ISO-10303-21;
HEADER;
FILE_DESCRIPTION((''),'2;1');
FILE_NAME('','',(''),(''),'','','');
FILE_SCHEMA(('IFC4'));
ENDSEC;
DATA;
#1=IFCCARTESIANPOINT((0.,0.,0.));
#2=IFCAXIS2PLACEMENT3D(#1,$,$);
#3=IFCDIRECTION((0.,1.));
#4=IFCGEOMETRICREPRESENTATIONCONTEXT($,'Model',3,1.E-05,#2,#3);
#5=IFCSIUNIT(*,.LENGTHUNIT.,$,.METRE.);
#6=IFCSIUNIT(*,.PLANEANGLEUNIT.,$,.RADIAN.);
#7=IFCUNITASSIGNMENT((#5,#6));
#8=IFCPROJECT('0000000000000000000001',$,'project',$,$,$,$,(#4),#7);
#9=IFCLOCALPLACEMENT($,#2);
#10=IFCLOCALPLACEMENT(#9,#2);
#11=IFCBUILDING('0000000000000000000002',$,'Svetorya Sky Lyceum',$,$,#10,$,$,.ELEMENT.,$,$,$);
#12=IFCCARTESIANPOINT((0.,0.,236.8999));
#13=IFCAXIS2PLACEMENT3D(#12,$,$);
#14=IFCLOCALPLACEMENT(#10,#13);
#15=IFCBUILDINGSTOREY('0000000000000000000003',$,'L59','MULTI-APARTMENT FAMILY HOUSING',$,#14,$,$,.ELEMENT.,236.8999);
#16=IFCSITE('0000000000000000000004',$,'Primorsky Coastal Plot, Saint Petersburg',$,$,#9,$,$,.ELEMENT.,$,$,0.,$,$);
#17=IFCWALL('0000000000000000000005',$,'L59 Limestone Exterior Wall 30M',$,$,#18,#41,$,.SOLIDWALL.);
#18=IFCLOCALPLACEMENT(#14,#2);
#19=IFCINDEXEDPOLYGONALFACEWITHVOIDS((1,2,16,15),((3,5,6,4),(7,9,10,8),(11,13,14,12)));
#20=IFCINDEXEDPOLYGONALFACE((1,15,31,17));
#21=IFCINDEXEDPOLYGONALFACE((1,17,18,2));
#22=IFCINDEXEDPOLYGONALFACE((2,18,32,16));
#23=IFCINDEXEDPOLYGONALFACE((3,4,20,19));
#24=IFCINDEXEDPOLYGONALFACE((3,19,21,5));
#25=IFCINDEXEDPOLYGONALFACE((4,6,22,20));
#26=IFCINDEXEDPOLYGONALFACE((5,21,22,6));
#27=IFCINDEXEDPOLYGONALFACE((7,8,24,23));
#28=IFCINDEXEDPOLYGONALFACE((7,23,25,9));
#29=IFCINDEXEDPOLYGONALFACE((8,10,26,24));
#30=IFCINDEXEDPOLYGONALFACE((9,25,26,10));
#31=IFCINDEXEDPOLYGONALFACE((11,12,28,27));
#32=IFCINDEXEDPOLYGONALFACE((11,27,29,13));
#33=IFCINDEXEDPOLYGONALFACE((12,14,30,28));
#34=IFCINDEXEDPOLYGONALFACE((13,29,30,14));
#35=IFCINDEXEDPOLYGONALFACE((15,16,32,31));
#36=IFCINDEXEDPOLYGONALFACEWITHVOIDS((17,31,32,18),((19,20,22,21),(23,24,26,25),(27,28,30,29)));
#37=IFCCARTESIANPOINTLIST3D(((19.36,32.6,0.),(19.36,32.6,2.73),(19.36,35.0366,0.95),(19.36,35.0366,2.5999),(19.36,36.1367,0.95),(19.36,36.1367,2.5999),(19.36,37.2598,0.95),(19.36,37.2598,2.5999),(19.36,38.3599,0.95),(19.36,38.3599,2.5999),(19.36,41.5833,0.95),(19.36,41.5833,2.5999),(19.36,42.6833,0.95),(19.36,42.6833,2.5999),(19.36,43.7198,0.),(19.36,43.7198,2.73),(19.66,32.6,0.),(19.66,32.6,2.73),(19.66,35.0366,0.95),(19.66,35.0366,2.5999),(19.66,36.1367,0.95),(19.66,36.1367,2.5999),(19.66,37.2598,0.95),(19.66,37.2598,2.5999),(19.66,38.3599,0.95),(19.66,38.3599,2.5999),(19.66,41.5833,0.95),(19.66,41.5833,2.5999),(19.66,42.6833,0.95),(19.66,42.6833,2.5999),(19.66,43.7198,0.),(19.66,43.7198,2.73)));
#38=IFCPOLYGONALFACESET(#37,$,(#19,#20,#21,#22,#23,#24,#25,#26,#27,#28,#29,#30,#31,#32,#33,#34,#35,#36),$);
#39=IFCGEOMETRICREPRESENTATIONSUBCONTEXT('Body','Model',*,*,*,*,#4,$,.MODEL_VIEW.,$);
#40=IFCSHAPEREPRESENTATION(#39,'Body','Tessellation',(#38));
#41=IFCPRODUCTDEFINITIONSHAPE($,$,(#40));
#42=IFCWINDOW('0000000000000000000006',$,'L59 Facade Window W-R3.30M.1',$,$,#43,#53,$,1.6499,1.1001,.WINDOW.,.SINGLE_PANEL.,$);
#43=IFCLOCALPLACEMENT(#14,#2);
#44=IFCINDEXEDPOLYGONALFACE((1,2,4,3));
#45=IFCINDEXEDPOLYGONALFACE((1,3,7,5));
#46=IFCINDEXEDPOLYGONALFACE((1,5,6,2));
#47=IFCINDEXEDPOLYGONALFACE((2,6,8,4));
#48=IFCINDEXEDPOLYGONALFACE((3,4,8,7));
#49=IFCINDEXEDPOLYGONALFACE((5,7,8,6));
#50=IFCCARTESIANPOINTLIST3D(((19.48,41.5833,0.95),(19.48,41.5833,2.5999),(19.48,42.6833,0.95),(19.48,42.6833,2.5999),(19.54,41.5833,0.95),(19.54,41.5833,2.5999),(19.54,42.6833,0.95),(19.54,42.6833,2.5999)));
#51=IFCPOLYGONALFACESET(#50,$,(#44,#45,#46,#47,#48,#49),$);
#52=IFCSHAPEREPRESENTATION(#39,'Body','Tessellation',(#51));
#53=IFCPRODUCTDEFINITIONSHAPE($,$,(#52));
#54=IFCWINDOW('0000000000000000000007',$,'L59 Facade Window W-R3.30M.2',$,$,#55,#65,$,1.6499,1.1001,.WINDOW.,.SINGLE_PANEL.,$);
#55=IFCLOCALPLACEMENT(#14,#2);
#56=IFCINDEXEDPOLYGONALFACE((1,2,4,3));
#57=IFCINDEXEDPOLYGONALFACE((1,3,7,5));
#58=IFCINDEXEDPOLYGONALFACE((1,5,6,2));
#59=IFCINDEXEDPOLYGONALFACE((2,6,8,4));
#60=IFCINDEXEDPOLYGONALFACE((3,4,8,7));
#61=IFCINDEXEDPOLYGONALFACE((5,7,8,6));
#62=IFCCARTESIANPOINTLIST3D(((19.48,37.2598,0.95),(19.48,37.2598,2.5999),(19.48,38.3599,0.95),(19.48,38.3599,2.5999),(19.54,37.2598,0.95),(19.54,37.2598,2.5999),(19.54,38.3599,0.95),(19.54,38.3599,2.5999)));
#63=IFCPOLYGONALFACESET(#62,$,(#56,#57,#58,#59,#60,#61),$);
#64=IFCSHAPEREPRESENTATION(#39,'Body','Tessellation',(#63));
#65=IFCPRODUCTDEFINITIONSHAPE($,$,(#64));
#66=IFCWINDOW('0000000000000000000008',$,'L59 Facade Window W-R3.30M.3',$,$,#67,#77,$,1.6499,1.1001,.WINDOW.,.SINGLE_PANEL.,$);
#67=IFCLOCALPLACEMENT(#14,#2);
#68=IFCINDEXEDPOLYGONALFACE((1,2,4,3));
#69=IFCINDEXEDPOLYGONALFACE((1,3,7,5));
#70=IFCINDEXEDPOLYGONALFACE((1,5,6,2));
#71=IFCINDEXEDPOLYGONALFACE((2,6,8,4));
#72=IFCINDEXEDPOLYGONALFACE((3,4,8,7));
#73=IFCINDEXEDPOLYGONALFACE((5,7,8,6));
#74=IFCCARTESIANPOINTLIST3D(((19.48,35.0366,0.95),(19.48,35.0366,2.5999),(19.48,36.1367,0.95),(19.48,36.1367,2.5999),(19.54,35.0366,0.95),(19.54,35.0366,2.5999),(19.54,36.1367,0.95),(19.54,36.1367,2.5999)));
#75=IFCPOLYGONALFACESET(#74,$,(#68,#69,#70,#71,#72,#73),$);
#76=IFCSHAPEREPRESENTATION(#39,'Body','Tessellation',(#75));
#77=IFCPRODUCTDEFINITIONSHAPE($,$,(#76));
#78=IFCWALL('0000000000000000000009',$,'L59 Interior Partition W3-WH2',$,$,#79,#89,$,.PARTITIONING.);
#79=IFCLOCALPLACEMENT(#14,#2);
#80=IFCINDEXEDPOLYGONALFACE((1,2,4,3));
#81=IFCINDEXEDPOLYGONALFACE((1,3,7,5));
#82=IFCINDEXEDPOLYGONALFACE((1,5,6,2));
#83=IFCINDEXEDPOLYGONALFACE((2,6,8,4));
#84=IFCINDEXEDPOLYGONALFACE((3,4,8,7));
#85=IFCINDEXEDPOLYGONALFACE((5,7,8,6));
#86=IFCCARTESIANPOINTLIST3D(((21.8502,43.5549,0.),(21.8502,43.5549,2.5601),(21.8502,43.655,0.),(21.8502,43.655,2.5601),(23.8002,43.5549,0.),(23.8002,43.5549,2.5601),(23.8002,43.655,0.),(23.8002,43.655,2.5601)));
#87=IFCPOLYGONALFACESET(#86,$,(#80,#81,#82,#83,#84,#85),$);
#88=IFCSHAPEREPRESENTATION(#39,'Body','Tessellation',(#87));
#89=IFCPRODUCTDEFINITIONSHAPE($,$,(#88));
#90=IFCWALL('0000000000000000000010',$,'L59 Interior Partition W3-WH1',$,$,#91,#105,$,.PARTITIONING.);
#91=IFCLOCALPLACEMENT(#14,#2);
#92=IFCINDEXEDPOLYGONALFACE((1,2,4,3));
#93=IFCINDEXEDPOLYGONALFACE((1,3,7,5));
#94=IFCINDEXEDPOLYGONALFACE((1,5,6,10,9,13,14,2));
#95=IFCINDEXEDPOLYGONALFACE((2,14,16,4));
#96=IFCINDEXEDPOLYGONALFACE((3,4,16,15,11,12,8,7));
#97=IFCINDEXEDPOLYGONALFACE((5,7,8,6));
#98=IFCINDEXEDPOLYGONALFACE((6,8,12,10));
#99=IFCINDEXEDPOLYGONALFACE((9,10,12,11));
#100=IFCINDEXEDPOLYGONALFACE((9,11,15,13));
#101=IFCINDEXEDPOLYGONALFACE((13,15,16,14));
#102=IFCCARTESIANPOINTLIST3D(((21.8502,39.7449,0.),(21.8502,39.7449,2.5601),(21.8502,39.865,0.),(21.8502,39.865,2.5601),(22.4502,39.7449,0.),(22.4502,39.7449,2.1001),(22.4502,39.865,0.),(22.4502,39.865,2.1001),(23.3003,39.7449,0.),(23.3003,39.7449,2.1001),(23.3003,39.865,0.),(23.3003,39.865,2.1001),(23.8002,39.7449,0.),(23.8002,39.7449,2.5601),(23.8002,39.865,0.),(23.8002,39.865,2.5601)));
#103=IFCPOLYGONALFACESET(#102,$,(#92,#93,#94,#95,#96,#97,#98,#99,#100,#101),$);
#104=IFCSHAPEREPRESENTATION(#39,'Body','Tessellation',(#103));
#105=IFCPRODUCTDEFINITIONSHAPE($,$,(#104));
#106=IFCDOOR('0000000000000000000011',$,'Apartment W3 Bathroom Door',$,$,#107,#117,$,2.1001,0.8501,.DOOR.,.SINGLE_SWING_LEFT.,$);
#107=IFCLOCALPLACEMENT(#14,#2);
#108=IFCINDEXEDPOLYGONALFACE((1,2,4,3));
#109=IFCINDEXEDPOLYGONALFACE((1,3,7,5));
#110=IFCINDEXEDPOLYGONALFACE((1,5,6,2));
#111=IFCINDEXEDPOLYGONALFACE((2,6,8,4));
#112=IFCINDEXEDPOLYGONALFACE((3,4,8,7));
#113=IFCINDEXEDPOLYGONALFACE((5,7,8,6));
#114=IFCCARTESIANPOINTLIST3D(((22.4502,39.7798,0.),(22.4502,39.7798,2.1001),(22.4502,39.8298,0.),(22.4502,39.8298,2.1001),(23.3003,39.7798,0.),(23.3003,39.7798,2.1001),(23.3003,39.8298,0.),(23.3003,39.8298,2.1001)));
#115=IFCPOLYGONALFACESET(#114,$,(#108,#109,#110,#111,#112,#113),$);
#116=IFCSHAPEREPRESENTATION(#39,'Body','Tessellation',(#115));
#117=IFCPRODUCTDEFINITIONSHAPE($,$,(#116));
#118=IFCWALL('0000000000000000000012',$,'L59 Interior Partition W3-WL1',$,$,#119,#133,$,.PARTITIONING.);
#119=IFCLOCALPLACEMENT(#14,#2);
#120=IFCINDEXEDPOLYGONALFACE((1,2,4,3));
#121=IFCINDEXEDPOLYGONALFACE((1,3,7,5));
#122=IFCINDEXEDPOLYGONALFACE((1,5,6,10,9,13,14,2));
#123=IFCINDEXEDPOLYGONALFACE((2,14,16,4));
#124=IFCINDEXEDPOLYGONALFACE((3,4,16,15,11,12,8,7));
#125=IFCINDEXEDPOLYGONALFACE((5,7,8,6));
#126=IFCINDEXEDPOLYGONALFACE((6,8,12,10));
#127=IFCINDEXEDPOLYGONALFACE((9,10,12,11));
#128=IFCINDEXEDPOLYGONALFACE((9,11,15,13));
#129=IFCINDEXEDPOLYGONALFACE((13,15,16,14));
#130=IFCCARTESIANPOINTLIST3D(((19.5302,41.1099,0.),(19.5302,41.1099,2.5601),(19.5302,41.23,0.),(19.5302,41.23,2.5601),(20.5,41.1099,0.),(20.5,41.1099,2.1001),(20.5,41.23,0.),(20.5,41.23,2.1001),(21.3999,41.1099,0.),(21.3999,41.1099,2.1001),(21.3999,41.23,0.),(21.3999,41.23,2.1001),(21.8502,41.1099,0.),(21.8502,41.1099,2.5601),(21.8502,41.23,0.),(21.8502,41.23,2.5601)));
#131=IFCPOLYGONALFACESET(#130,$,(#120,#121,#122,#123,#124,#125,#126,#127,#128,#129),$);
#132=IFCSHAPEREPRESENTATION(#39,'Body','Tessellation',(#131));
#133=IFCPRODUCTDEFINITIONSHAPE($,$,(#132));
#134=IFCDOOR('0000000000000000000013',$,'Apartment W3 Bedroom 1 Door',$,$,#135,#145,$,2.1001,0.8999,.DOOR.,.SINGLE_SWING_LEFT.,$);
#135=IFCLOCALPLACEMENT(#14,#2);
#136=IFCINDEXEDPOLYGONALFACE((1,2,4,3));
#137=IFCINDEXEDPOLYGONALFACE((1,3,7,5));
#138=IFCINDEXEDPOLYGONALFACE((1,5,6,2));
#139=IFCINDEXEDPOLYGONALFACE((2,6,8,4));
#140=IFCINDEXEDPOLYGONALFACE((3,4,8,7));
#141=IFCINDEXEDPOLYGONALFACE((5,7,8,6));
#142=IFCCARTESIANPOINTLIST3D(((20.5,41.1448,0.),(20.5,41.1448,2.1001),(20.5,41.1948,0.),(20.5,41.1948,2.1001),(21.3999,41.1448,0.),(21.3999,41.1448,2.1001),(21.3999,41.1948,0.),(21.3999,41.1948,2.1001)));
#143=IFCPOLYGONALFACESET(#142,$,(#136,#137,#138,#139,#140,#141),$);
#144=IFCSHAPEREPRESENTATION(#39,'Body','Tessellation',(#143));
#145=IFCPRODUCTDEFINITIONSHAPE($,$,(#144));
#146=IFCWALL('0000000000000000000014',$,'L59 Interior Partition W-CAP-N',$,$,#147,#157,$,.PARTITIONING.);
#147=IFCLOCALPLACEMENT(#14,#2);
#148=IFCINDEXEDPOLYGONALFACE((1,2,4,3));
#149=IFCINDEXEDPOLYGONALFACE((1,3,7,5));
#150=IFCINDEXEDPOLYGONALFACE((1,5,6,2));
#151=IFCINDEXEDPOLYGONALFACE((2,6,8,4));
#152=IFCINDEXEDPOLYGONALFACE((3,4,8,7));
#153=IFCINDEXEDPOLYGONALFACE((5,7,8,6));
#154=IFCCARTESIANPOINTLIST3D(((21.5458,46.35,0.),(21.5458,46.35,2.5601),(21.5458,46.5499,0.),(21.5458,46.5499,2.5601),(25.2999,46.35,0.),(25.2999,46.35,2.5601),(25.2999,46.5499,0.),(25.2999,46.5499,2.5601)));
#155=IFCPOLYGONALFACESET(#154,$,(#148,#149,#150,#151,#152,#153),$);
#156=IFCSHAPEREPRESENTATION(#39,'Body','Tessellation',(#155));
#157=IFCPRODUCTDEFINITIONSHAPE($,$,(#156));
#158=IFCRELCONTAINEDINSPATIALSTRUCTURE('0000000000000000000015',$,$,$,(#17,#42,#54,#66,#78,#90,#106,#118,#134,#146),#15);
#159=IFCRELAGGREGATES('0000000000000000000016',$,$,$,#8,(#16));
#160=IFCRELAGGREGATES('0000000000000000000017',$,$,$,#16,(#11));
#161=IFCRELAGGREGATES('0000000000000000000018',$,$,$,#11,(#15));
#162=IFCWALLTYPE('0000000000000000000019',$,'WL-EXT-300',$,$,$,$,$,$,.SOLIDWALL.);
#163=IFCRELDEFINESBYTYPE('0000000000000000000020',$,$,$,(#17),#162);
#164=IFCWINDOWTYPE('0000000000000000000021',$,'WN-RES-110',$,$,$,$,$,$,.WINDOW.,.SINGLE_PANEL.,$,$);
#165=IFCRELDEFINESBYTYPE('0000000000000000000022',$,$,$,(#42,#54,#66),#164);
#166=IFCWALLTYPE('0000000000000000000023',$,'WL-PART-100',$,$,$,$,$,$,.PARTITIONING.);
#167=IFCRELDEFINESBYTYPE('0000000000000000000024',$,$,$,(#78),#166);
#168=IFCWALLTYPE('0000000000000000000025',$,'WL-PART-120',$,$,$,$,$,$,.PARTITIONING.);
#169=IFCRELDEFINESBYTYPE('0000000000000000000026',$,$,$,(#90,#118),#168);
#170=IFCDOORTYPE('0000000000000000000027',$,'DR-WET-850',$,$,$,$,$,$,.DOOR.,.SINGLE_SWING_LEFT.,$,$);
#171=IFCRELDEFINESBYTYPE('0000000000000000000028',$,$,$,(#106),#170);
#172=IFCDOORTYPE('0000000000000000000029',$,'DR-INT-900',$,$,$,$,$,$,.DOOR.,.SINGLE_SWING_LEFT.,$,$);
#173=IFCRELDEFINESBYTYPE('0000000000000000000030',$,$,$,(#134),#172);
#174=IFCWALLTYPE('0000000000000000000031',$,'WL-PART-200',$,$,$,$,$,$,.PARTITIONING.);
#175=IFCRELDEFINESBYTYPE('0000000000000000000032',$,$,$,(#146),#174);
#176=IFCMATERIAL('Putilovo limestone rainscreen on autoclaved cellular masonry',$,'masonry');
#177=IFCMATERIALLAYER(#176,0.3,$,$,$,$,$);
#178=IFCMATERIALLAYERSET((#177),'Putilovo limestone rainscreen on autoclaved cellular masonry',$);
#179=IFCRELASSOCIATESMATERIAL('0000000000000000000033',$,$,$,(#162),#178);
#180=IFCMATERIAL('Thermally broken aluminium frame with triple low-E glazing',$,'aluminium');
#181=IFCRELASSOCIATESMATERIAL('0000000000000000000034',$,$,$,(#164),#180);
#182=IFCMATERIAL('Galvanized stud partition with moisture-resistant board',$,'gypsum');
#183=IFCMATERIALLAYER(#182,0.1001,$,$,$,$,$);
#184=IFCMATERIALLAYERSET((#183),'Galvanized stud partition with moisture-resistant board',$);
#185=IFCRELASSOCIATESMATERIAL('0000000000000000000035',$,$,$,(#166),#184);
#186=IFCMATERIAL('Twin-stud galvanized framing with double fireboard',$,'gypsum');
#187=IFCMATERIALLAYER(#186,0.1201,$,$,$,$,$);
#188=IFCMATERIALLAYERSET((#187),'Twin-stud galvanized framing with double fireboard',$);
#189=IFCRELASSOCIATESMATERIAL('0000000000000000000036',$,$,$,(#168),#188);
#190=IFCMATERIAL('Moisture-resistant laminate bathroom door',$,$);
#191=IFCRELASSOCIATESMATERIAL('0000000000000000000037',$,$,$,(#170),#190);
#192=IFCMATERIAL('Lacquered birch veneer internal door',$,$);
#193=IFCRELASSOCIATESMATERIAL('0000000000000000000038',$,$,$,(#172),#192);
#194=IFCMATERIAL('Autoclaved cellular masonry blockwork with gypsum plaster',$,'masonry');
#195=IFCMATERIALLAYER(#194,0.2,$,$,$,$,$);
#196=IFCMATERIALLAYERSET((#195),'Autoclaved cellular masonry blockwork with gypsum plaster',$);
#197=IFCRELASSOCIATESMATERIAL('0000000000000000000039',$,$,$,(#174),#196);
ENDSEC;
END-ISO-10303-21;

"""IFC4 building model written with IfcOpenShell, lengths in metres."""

from ifc_helpers import new_model, si_unit, direction, frame, frame_2d, origin, place, context, subcontext, project, spatial, rectangle, extrude, material, layer, layer_set, type_object, element, fill, save


model = new_model("IFC4")

# Units and contexts
model_context = context("Model", 3, precision=1e-05, world=origin(), true_north=direction((0.0, 1.0)))
body_context = subcontext(model_context, "Body", "Model", "MODEL_VIEW")
ifc_project = project(units=[si_unit("LENGTHUNIT", "METRE"), si_unit("PLANEANGLEUNIT", "RADIAN")], contexts=[model_context])

# Site, building, storey
site_placement = place(None, origin())
site = spatial("IfcSite", under=ifc_project, at=site_placement, Name="Primorsky Coastal Plot, Saint Petersburg", CompositionType="ELEMENT", RefElevation=0.0)
building_placement = place(site_placement, origin())
building = spatial("IfcBuilding", under=site, at=building_placement, Name="Svetorya Sky Lyceum", CompositionType="ELEMENT")
storey_placement = place(building_placement, frame((0.0, 0.0, 236.8999)))
storey = spatial("IfcBuildingStorey", under=building, at=storey_placement, Name="L59", Description="MULTI-APARTMENT FAMILY HOUSING", CompositionType="ELEMENT", Elevation=236.8999)

# Shared definitions
ifc_material_1 = material(Name="Putilovo limestone rainscreen on autoclaved cellular masonry", Category="masonry")
ifc_layer_1 = layer(ifc_material_1, 0.3)
ifc_layer_set_1 = layer_set([ifc_layer_1], Name="Putilovo limestone rainscreen on autoclaved cellular masonry")
wall_type_1 = type_object("IfcWallType", Name="WL-EXT-300", PredefinedType="SOLIDWALL", material=ifc_layer_set_1)

# Wall, openings, windows
wall_1_placement = place(storey_placement, frame((19.51, 43.72, 0.0), z_axis=(0.0, 0.0, 1.0), x_axis=(0.0, -1.0, 0.0)))
wall_1 = element("IfcWall", 1, at=wall_1_placement, inside=storey, type_object=wall_type_1, Name="L59 Limestone Exterior Wall 30M", PredefinedType="SOLIDWALL", context=body_context, shape_type="SweptSolid", body=[
    extrude(rectangle(XDim=11.1199, YDim=0.3, at=frame_2d((5.5601, 0.0))), origin(), (0.0, 0.0, 1.0), 2.73),
])
opening_1_placement = place(wall_1_placement, frame((1.0366, 0.0, 0.95)))
opening_1 = element("IfcOpeningElement", 2, at=opening_1_placement, cuts=wall_1, PredefinedType="OPENING", context=body_context, shape_type="SweptSolid", body=[
    extrude(rectangle(XDim=1.1001, YDim=1.6499, at=frame_2d((0.55, 0.825))), frame((0.0, 0.1599, 0.0), z_axis=(0.0, -1.0, 0.0), x_axis=(1.0, 0.0, 0.0)), (0.0, 0.0, 1.0), 0.3201),
])
opening_2_placement = place(wall_1_placement, frame((5.3601, 0.0, 0.95)))
opening_2 = element("IfcOpeningElement", 3, at=opening_2_placement, cuts=wall_1, PredefinedType="OPENING", context=body_context, shape_type="SweptSolid", body=[
    extrude(rectangle(XDim=1.1001, YDim=1.6499, at=frame_2d((0.55, 0.825))), frame((0.0, 0.1599, 0.0), z_axis=(0.0, -1.0, 0.0), x_axis=(1.0, 0.0, 0.0)), (0.0, 0.0, 1.0), 0.3201),
])
opening_3_placement = place(wall_1_placement, frame((7.5833, 0.0, 0.95)))
opening_3 = element("IfcOpeningElement", 4, at=opening_3_placement, cuts=wall_1, PredefinedType="OPENING", context=body_context, shape_type="SweptSolid", body=[
    extrude(rectangle(XDim=1.1001, YDim=1.6499, at=frame_2d((0.55, 0.825))), frame((0.0, 0.1599, 0.0), z_axis=(0.0, -1.0, 0.0), x_axis=(1.0, 0.0, 0.0)), (0.0, 0.0, 1.0), 0.3201),
])
ifc_material_2 = material(Name="Thermally broken aluminium frame with triple low-E glazing", Category="aluminium")
window_type = type_object("IfcWindowType", Name="WN-RES-110", PartitioningType="SINGLE_PANEL", PredefinedType="WINDOW", material=ifc_material_2)
window_1_placement = place(opening_1_placement, origin())
window_1 = element("IfcWindow", 5, at=window_1_placement, inside=storey, type_object=window_type, Name="L59 Facade Window W-R3.30M.1", OverallHeight=1.6499, OverallWidth=1.1001, PartitioningType="SINGLE_PANEL", PredefinedType="WINDOW", context=body_context, shape_type="SweptSolid", body=[
    extrude(rectangle(XDim=1.1001, YDim=1.6499, at=frame_2d((0.55, 0.825))), frame((0.0, 0.03, 0.0), z_axis=(0.0, -1.0, 0.0), x_axis=(1.0, 0.0, 0.0)), (0.0, 0.0, 1.0), 0.0601),
])
fill(opening_1, window_1)
window_2_placement = place(opening_2_placement, origin())
window_2 = element("IfcWindow", 6, at=window_2_placement, inside=storey, type_object=window_type, Name="L59 Facade Window W-R3.30M.2", OverallHeight=1.6499, OverallWidth=1.1001, PartitioningType="SINGLE_PANEL", PredefinedType="WINDOW", context=body_context, shape_type="SweptSolid", body=[
    extrude(rectangle(XDim=1.1001, YDim=1.6499, at=frame_2d((0.55, 0.825))), frame((0.0, 0.03, 0.0), z_axis=(0.0, -1.0, 0.0), x_axis=(1.0, 0.0, 0.0)), (0.0, 0.0, 1.0), 0.0601),
])
fill(opening_2, window_2)
window_3_placement = place(opening_3_placement, origin())
window_3 = element("IfcWindow", 7, at=window_3_placement, inside=storey, type_object=window_type, Name="L59 Facade Window W-R3.30M.3", OverallHeight=1.6499, OverallWidth=1.1001, PartitioningType="SINGLE_PANEL", PredefinedType="WINDOW", context=body_context, shape_type="SweptSolid", body=[
    extrude(rectangle(XDim=1.1001, YDim=1.6499, at=frame_2d((0.55, 0.825))), frame((0.0, 0.03, 0.0), z_axis=(0.0, -1.0, 0.0), x_axis=(1.0, 0.0, 0.0)), (0.0, 0.0, 1.0), 0.0601),
])
fill(opening_3, window_3)

# Wall
ifc_material_3 = material(Name="Galvanized stud partition with moisture-resistant board", Category="gypsum")
ifc_layer_2 = layer(ifc_material_3, 0.1001)
ifc_layer_set_2 = layer_set([ifc_layer_2], Name="Galvanized stud partition with moisture-resistant board")
wall_type_2 = type_object("IfcWallType", Name="WL-PART-100", PredefinedType="PARTITIONING", material=ifc_layer_set_2)
wall_2_placement = place(storey_placement, frame((21.8501, 43.605, 0.0), z_axis=(0.0, 0.0, 1.0), x_axis=(1.0, 0.0, 0.0)))
element("IfcWall", 8, at=wall_2_placement, inside=storey, type_object=wall_type_2, Name="L59 Interior Partition W3-WH2", PredefinedType="PARTITIONING", context=body_context, shape_type="SweptSolid", body=[
    extrude(rectangle(XDim=1.95, YDim=0.1001, at=frame_2d((0.9751, 0.0))), origin(), (0.0, 0.0, 1.0), 2.5601),
])

# Walls, openings, doors
ifc_material_4 = material(Name="Twin-stud galvanized framing with double fireboard", Category="gypsum")
ifc_layer_3 = layer(ifc_material_4, 0.1201)
ifc_layer_set_3 = layer_set([ifc_layer_3], Name="Twin-stud galvanized framing with double fireboard")
wall_type_3 = type_object("IfcWallType", Name="WL-PART-120", PredefinedType="PARTITIONING", material=ifc_layer_set_3)
wall_3_placement = place(storey_placement, frame((21.8501, 39.8049, 0.0), z_axis=(0.0, 0.0, 1.0), x_axis=(1.0, 0.0, 0.0)))
wall_3 = element("IfcWall", 9, at=wall_3_placement, inside=storey, type_object=wall_type_3, Name="L59 Interior Partition W3-WH1", PredefinedType="PARTITIONING", context=body_context, shape_type="SweptSolid", body=[
    extrude(rectangle(XDim=1.95, YDim=0.1201, at=frame_2d((0.9751, 0.0))), origin(), (0.0, 0.0, 1.0), 2.5601),
])
opening_4_placement = place(wall_3_placement, frame((0.6001, 0.0, 0.0)))
opening_4 = element("IfcOpeningElement", 10, at=opening_4_placement, cuts=wall_3, PredefinedType="OPENING", context=body_context, shape_type="SweptSolid", body=[
    extrude(rectangle(XDim=0.8501, YDim=2.1001, at=frame_2d((0.425, 1.05))), frame((0.0, 0.0701, 0.0), z_axis=(0.0, -1.0, 0.0), x_axis=(1.0, 0.0, 0.0)), (0.0, 0.0, 1.0), 0.1401),
])
ifc_material_5 = material(Name="Moisture-resistant laminate bathroom door")
door_type_1 = type_object("IfcDoorType", Name="DR-WET-850", OperationType="SINGLE_SWING_LEFT", PredefinedType="DOOR", material=ifc_material_5)
door_1_placement = place(opening_4_placement, origin())
door_1 = element("IfcDoor", 11, at=door_1_placement, inside=storey, type_object=door_type_1, Name="Apartment W3 Bathroom Door", OperationType="SINGLE_SWING_LEFT", OverallHeight=2.1001, OverallWidth=0.8501, PredefinedType="DOOR", context=body_context, shape_type="SweptSolid", body=[
    extrude(rectangle(XDim=0.8501, YDim=2.1001, at=frame_2d((0.425, 1.05))), frame((0.0, 0.0249, 0.0), z_axis=(0.0, -1.0, 0.0), x_axis=(1.0, 0.0, 0.0)), (0.0, 0.0, 1.0), 0.05),
])
fill(opening_4, door_1)
wall_4_placement = place(storey_placement, frame((19.53, 41.1699, 0.0), z_axis=(0.0, 0.0, 1.0), x_axis=(1.0, 0.0, 0.0)))
wall_4 = element("IfcWall", 12, at=wall_4_placement, inside=storey, type_object=wall_type_3, Name="L59 Interior Partition W3-WL1", PredefinedType="PARTITIONING", context=body_context, shape_type="SweptSolid", body=[
    extrude(rectangle(XDim=2.3201, YDim=0.1201, at=frame_2d((1.1602, 0.0))), origin(), (0.0, 0.0, 1.0), 2.5601),
])
opening_5_placement = place(wall_4_placement, frame((0.97, 0.0, 0.0)))
opening_5 = element("IfcOpeningElement", 13, at=opening_5_placement, cuts=wall_4, PredefinedType="OPENING", context=body_context, shape_type="SweptSolid", body=[
    extrude(rectangle(XDim=0.8999, YDim=2.1001, at=frame_2d((0.45, 1.05))), frame((0.0, 0.0701, 0.0), z_axis=(0.0, -1.0, 0.0), x_axis=(1.0, 0.0, 0.0)), (0.0, 0.0, 1.0), 0.1401),
])
ifc_material_6 = material(Name="Lacquered birch veneer internal door")
door_type_2 = type_object("IfcDoorType", Name="DR-INT-900", OperationType="SINGLE_SWING_LEFT", PredefinedType="DOOR", material=ifc_material_6)
door_2_placement = place(opening_5_placement, origin())
door_2 = element("IfcDoor", 14, at=door_2_placement, inside=storey, type_object=door_type_2, Name="Apartment W3 Bedroom 1 Door", OperationType="SINGLE_SWING_LEFT", OverallHeight=2.1001, OverallWidth=0.8999, PredefinedType="DOOR", context=body_context, shape_type="SweptSolid", body=[
    extrude(rectangle(XDim=0.8999, YDim=2.1001, at=frame_2d((0.45, 1.05))), frame((0.0, 0.0249, 0.0), z_axis=(0.0, -1.0, 0.0), x_axis=(1.0, 0.0, 0.0)), (0.0, 0.0, 1.0), 0.05),
])
fill(opening_5, door_2)

# Wall
ifc_material_7 = material(Name="Autoclaved cellular masonry blockwork with gypsum plaster", Category="masonry")
ifc_layer_4 = layer(ifc_material_7, 0.2)
ifc_layer_set_4 = layer_set([ifc_layer_4], Name="Autoclaved cellular masonry blockwork with gypsum plaster")
wall_type_4 = type_object("IfcWallType", Name="WL-PART-200", PredefinedType="PARTITIONING", material=ifc_layer_set_4)
wall_5_placement = place(storey_placement, frame((21.5459, 46.45, 0.0), z_axis=(0.0, 0.0, 1.0), x_axis=(1.0, 0.0, 0.0)))
element("IfcWall", 15, at=wall_5_placement, inside=storey, type_object=wall_type_4, Name="L59 Interior Partition W-CAP-N", PredefinedType="PARTITIONING", context=body_context, shape_type="SweptSolid", body=[
    extrude(rectangle(XDim=3.7542, YDim=0.2, at=frame_2d((1.877, 0.0))), origin(), (0.0, 0.0, 1.0), 2.5601),
])

save(model, "model.ifc")
